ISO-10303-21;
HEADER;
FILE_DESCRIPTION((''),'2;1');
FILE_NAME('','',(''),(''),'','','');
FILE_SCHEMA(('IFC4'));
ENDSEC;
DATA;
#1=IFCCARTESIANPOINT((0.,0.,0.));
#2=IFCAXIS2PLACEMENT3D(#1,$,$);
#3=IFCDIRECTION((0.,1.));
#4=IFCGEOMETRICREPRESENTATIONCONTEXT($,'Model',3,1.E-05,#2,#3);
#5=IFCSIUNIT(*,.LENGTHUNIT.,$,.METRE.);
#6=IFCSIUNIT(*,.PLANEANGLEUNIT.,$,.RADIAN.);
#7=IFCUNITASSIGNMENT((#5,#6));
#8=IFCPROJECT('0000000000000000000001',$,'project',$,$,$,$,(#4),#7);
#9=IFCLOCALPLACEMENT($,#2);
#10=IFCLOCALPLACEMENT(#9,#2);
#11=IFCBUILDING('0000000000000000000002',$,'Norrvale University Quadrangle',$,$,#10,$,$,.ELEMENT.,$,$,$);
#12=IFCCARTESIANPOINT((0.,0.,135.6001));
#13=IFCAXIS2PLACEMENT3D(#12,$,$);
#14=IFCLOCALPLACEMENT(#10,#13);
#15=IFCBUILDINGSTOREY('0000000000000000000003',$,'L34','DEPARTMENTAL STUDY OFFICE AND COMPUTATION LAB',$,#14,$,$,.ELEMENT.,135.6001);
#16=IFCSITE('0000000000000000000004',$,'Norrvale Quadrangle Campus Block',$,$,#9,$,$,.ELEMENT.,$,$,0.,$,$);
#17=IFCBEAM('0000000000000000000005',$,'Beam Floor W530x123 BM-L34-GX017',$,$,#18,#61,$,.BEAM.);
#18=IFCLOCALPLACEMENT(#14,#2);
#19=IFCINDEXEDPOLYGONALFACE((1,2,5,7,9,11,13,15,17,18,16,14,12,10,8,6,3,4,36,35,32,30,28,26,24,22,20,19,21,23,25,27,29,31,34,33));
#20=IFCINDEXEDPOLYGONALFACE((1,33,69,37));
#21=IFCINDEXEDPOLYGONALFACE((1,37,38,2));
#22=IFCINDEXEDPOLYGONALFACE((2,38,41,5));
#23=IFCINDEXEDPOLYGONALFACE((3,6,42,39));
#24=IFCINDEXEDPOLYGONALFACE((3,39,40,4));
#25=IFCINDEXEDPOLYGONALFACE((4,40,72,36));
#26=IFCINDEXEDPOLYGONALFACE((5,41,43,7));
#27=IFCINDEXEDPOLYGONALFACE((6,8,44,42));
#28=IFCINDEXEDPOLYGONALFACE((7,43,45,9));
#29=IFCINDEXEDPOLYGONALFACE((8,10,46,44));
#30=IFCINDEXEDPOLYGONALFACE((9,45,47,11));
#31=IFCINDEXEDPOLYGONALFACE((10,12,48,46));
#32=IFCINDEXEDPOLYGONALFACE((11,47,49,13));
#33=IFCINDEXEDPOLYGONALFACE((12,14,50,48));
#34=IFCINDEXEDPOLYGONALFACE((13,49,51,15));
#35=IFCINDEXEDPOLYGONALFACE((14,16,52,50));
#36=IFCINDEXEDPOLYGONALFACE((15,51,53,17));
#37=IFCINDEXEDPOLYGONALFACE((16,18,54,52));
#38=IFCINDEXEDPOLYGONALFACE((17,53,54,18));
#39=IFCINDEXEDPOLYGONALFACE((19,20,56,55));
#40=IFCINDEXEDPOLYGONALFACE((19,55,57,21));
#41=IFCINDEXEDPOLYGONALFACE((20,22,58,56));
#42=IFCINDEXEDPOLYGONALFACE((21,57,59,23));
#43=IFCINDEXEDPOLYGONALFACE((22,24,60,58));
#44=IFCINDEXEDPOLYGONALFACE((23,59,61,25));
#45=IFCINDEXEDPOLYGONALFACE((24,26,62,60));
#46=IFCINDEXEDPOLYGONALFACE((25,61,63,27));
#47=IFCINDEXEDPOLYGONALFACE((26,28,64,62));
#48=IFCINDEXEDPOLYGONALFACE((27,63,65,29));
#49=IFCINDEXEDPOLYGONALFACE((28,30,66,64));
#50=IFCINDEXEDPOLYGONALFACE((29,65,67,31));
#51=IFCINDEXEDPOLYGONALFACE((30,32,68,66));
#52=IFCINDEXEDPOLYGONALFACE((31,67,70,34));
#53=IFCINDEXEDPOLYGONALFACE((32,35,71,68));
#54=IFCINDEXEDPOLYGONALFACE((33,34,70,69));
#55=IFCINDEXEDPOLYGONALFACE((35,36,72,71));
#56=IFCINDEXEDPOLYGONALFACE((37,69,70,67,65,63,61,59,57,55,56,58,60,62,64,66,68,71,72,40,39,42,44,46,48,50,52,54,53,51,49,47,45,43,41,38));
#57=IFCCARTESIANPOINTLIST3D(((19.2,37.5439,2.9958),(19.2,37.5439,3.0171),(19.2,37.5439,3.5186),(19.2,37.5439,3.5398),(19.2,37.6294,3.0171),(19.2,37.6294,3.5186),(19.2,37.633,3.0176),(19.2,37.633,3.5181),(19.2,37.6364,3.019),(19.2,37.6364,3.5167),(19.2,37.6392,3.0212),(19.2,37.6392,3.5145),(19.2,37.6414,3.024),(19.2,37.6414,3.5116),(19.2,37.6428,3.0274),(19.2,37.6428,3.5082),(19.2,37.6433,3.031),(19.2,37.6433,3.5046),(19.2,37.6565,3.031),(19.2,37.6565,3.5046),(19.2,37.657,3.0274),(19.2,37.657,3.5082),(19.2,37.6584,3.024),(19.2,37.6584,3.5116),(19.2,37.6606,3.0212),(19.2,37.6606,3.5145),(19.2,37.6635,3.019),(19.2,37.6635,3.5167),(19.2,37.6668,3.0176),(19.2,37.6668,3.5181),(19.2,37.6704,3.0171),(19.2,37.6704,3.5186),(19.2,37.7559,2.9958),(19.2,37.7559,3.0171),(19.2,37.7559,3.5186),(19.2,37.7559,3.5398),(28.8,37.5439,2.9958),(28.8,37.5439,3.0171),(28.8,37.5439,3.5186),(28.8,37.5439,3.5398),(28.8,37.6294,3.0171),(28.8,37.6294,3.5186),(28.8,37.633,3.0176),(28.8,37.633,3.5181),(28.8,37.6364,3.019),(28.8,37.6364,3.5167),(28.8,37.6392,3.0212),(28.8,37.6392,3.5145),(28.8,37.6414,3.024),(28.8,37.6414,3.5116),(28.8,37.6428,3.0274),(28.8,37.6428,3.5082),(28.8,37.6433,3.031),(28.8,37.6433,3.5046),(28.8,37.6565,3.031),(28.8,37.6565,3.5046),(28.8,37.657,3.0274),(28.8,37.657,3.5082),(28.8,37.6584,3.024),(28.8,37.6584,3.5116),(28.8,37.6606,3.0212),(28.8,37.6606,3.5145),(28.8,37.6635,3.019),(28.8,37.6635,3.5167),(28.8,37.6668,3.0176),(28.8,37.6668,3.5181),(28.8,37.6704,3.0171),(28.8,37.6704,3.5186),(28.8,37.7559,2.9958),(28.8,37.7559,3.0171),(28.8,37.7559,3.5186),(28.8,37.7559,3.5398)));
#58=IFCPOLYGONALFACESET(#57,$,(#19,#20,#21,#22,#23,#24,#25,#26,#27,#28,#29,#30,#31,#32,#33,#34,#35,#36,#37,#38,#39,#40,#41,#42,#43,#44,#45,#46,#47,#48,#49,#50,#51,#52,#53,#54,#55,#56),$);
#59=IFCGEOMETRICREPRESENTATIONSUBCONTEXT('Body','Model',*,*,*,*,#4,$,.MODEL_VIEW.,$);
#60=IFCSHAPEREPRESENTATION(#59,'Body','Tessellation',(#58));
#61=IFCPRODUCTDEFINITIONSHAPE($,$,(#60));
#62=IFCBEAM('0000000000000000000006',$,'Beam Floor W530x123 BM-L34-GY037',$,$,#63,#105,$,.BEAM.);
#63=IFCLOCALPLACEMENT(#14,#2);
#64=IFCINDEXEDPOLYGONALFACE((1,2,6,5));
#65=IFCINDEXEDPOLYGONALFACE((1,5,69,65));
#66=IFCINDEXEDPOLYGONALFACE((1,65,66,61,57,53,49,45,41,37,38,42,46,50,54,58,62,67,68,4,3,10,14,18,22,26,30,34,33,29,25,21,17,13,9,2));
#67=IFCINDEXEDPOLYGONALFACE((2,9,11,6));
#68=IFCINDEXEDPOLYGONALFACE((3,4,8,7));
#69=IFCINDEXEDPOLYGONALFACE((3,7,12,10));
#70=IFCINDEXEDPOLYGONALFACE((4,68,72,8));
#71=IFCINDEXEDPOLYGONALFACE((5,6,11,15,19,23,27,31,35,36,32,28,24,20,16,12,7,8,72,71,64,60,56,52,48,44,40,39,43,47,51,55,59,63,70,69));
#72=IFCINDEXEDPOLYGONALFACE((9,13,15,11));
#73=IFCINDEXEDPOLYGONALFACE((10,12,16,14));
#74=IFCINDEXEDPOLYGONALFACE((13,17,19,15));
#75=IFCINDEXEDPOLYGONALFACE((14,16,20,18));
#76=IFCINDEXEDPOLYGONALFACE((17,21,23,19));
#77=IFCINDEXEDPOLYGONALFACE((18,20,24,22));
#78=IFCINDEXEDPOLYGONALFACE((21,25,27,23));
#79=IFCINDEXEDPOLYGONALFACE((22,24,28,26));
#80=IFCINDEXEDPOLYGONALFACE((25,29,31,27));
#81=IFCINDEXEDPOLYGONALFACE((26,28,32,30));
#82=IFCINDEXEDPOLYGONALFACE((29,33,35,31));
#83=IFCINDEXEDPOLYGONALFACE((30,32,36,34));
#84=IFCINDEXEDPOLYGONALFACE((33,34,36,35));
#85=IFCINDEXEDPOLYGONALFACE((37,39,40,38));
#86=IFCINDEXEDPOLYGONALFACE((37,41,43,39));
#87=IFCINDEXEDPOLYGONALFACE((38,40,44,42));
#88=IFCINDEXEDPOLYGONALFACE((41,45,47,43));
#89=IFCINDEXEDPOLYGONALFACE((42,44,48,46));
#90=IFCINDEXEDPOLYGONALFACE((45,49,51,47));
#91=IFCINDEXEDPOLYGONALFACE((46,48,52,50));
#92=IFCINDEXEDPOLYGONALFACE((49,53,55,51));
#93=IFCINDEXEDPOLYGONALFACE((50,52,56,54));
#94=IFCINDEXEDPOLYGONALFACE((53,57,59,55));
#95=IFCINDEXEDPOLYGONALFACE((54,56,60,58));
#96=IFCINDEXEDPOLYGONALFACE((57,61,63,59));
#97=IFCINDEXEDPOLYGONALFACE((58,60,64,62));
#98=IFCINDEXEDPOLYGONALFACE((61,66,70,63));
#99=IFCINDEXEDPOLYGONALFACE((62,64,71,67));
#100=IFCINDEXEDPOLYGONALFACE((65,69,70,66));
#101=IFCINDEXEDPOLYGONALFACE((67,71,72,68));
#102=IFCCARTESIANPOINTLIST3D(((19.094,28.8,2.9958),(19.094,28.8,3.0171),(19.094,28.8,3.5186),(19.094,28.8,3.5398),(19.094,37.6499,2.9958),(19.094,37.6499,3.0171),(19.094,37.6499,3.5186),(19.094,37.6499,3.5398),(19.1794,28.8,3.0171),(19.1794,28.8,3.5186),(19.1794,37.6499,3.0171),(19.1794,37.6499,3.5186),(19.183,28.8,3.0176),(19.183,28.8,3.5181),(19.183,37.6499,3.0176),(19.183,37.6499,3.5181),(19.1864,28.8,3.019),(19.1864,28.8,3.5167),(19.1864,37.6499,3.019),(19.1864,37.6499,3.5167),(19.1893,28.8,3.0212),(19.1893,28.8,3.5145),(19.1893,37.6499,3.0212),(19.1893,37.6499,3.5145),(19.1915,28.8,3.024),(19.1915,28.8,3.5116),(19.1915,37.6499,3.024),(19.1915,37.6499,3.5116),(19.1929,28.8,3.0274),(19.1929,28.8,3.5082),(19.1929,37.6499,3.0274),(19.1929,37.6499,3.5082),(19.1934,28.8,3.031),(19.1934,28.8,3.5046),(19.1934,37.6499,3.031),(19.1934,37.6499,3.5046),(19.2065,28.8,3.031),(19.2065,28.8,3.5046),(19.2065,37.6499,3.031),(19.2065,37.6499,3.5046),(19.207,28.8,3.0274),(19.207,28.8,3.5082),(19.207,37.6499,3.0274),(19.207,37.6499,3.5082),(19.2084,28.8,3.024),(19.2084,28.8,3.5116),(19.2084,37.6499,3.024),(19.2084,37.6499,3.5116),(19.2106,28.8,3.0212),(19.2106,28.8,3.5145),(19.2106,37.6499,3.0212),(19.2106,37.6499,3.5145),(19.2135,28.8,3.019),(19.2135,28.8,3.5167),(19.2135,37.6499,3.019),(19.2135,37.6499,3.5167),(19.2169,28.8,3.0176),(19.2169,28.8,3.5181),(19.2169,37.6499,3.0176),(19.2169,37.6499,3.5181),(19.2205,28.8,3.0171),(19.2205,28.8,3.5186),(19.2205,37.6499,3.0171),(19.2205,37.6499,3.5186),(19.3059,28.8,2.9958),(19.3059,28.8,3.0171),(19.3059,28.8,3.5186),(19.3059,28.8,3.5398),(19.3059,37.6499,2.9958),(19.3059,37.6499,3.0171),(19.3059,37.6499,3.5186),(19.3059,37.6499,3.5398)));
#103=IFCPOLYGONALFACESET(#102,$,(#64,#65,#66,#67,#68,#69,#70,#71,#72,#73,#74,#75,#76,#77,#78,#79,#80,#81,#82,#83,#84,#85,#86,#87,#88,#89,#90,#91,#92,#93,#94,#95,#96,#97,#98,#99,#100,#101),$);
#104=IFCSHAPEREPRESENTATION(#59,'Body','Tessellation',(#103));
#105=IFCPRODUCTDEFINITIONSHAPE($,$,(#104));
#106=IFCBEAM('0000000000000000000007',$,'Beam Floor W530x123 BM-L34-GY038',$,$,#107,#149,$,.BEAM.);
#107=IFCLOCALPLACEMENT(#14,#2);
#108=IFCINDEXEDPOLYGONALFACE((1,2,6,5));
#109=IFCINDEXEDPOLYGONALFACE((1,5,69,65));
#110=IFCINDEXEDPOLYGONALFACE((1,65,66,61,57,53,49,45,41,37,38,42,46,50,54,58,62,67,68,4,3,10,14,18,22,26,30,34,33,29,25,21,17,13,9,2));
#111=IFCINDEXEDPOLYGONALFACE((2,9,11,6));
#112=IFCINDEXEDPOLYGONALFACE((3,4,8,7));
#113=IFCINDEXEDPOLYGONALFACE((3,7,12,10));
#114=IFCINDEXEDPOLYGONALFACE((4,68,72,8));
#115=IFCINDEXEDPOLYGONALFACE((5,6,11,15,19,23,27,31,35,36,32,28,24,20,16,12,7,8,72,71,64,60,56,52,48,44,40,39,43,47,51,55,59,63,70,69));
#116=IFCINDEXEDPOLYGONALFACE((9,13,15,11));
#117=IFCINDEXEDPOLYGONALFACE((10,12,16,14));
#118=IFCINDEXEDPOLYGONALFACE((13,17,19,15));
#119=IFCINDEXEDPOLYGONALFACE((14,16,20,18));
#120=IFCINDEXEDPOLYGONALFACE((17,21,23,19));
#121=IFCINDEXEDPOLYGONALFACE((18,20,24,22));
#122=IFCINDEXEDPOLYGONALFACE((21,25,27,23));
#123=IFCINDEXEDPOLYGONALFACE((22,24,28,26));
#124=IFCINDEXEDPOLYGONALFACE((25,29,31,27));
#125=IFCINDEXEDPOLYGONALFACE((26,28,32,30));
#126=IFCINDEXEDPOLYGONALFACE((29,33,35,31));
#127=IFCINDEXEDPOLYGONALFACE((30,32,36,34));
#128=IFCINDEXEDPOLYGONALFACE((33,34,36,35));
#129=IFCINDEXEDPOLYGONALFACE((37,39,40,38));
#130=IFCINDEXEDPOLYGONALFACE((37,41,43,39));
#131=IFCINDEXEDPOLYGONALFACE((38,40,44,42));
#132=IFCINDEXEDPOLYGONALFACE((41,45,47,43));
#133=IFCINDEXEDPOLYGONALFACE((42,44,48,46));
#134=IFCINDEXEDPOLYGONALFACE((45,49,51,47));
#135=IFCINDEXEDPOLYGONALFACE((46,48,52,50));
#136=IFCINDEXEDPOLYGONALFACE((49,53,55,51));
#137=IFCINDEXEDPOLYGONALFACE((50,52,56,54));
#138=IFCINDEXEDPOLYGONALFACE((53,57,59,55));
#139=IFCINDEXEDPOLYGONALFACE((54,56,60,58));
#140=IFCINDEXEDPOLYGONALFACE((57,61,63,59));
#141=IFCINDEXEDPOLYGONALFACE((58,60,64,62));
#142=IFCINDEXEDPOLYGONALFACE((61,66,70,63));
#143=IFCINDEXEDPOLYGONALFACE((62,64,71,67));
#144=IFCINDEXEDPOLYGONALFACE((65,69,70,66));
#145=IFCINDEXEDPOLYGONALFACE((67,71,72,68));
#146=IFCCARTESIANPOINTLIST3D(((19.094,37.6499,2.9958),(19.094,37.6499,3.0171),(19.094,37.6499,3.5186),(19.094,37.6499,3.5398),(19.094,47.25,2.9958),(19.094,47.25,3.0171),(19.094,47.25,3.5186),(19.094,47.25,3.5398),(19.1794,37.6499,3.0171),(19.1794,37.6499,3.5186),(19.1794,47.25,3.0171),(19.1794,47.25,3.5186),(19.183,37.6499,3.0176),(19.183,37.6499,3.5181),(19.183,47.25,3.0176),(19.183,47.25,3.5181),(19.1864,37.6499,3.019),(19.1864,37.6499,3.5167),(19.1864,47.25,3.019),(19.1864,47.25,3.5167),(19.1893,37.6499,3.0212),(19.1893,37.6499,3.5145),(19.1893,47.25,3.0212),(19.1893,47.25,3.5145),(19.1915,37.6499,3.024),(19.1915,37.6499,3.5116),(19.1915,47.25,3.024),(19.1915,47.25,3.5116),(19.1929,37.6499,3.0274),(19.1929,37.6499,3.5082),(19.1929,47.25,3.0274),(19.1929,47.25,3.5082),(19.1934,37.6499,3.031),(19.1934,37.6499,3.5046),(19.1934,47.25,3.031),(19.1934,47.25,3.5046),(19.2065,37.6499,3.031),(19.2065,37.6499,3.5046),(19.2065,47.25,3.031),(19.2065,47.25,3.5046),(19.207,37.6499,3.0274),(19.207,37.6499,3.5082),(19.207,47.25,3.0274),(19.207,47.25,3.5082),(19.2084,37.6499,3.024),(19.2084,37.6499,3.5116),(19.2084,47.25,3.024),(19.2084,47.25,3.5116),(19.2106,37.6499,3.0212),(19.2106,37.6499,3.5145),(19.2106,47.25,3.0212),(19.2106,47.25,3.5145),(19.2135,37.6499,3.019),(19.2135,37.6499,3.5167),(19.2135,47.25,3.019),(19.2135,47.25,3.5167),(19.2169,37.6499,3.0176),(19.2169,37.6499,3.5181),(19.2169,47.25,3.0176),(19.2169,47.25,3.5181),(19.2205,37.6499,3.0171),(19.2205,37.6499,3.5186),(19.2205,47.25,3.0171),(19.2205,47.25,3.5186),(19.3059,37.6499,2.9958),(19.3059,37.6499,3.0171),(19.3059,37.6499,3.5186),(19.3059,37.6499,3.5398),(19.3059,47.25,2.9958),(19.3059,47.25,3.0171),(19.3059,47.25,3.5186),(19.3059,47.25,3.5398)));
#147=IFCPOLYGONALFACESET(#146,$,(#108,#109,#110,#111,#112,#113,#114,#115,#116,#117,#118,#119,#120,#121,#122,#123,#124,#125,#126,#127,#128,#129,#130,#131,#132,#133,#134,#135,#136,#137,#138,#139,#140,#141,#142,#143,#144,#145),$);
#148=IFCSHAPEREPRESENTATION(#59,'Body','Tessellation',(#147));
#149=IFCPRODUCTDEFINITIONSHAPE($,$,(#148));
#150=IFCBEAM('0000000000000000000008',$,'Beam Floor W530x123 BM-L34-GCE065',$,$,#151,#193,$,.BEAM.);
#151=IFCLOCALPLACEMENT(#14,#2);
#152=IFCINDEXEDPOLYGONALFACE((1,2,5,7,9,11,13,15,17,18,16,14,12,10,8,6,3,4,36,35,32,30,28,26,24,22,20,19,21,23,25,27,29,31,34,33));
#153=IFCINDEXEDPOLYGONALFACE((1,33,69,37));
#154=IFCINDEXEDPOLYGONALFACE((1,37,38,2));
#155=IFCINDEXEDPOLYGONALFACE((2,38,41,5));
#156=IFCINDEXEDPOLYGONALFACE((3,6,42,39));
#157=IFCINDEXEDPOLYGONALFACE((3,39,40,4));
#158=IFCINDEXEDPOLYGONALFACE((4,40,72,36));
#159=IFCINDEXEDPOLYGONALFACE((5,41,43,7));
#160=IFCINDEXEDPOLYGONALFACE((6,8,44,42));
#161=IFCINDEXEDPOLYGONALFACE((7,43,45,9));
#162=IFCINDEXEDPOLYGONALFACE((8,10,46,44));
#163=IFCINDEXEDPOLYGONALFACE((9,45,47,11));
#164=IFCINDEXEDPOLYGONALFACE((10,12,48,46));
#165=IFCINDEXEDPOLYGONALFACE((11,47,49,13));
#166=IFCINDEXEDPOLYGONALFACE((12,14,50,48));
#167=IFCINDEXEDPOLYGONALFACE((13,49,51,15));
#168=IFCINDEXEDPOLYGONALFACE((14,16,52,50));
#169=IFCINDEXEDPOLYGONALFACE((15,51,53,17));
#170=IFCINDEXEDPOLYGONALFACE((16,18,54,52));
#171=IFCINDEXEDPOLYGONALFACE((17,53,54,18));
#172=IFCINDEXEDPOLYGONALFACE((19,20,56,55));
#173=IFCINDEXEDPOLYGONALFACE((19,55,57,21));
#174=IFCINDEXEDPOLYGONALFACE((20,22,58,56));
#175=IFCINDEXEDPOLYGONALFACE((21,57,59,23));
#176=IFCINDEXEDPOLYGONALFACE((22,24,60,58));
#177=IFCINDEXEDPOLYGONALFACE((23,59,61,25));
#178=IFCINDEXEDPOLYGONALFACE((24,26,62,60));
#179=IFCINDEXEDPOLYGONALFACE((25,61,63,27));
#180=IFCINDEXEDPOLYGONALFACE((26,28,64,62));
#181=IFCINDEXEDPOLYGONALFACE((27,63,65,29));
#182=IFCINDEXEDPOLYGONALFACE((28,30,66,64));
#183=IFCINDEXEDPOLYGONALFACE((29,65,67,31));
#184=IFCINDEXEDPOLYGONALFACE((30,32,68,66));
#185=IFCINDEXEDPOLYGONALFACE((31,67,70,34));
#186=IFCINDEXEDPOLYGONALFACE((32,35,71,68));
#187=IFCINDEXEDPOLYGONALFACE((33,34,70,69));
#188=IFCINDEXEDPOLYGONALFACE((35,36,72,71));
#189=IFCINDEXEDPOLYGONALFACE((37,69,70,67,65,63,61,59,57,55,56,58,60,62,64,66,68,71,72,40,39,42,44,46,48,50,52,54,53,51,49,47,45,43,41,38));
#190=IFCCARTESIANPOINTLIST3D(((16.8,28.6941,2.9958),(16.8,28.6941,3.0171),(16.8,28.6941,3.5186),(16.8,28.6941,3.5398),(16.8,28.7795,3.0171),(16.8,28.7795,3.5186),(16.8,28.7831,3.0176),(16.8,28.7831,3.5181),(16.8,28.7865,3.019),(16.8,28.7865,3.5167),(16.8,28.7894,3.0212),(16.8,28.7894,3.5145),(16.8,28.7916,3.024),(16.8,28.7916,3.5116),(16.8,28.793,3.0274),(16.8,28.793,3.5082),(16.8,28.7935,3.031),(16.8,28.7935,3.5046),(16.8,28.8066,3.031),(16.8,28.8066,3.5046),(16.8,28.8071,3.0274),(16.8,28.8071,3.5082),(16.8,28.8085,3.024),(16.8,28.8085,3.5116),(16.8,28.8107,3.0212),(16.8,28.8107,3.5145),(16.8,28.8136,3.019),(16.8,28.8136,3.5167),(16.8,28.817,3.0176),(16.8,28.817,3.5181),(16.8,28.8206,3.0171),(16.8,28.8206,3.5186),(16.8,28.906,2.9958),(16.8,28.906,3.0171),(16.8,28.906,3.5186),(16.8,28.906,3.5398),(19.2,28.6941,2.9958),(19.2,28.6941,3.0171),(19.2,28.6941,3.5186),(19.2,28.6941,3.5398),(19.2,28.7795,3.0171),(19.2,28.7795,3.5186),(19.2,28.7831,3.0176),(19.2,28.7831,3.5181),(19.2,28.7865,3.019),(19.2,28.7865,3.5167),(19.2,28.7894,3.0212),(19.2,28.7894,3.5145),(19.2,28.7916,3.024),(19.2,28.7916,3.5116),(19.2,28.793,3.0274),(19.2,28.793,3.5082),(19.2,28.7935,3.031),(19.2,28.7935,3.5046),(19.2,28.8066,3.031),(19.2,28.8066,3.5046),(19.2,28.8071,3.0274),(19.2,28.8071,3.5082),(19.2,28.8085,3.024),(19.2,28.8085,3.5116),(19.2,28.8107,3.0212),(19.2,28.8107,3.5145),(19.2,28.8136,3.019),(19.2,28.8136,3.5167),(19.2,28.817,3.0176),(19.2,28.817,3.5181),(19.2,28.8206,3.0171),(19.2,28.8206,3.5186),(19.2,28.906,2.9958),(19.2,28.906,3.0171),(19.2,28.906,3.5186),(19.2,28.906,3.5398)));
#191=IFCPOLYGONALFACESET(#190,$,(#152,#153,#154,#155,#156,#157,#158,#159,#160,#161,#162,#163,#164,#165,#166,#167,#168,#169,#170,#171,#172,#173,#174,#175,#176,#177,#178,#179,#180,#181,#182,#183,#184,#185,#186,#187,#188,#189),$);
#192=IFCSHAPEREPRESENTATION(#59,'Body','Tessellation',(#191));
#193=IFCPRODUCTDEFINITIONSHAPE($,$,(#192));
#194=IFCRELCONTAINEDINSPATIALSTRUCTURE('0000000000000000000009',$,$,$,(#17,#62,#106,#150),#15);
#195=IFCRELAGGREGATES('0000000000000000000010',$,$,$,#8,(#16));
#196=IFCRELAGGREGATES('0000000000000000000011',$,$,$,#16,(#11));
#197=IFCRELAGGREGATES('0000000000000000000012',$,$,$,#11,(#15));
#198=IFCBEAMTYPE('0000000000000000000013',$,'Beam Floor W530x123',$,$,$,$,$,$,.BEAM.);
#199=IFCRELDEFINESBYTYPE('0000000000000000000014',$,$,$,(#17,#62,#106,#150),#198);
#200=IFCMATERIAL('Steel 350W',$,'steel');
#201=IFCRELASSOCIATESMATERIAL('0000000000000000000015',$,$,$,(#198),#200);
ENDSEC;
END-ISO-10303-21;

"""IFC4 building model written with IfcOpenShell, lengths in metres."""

from ifc_helpers import new_model, si_unit, direction, frame, origin, origin_2d, place, context, subcontext, project, spatial, i_section, extrude, material, material_profile, profile_set, type_object, element, save


model = new_model("IFC4")

# Units and contexts
model_context = context("Model", 3, precision=1e-05, world=origin(), true_north=direction((0.0, 1.0)))
body_context = subcontext(model_context, "Body", "Model", "MODEL_VIEW")
ifc_project = project(units=[si_unit("LENGTHUNIT", "METRE"), si_unit("PLANEANGLEUNIT", "RADIAN")], contexts=[model_context])

# Site, building, storey
site_placement = place(None, origin())
site = spatial("IfcSite", under=ifc_project, at=site_placement, Name="Norrvale Quadrangle Campus Block", CompositionType="ELEMENT", RefElevation=0.0)
building_placement = place(site_placement, origin())
building = spatial("IfcBuilding", under=site, at=building_placement, Name="Norrvale University Quadrangle", CompositionType="ELEMENT")
storey_placement = place(building_placement, frame((0.0, 0.0, 135.6001)))
storey = spatial("IfcBuildingStorey", under=building, at=storey_placement, Name="L34", Description="DEPARTMENTAL STUDY OFFICE AND COMPUTATION LAB", CompositionType="ELEMENT", Elevation=135.6001)

# Beams
ifc_material_1 = material(Name="Steel 350W", Category="steel")
ifc_material_profile_1 = material_profile(ifc_material_1, i_section(OverallWidth=0.2119, OverallDepth=0.5439, WebThickness=0.0132, FlangeThickness=0.0212, FilletRadius=0.0139, at=origin_2d()), Name="Steel 350W")
ifc_profile_set_1 = profile_set([ifc_material_profile_1], Name="Steel 350W")
beam_type_1 = type_object("IfcBeamType", Name="Beam Floor W530x123", PredefinedType="BEAM", material=ifc_profile_set_1)
beam_1_placement = place(storey_placement, frame((19.2, 37.6499, 3.2678), z_axis=(1.0, 0.0, 0.0), x_axis=(0.0, 1.0, 0.0)))
element("IfcBeam", 1, at=beam_1_placement, inside=storey, type_object=beam_type_1, Name="Beam Floor W530x123 BM-L34-GX017", PredefinedType="BEAM", context=body_context, shape_type="SweptSolid", body=[
    extrude(i_section(OverallWidth=0.2119, OverallDepth=0.5439, WebThickness=0.0132, FlangeThickness=0.0212, FilletRadius=0.0139, at=origin_2d()), origin(), (0.0, 0.0, 1.0), 9.6001),
])
beam_2_placement = place(storey_placement, frame((19.2, 28.8, 3.2678), z_axis=(0.0, 1.0, 0.0), x_axis=(-1.0, 0.0, 0.0)))
element("IfcBeam", 2, at=beam_2_placement, inside=storey, type_object=beam_type_1, Name="Beam Floor W530x123 BM-L34-GY037", PredefinedType="BEAM", context=body_context, shape_type="SweptSolid", body=[
    extrude(i_section(OverallWidth=0.2119, OverallDepth=0.5439, WebThickness=0.0132, FlangeThickness=0.0212, FilletRadius=0.0139, at=origin_2d()), origin(), (0.0, 0.0, 1.0), 8.8499),
])
beam_3_placement = place(storey_placement, frame((19.2, 37.6499, 3.2678), z_axis=(0.0, 1.0, 0.0), x_axis=(-1.0, 0.0, 0.0)))
element("IfcBeam", 3, at=beam_3_placement, inside=storey, type_object=beam_type_1, Name="Beam Floor W530x123 BM-L34-GY038", PredefinedType="BEAM", context=body_context, shape_type="SweptSolid", body=[
    extrude(i_section(OverallWidth=0.2119, OverallDepth=0.5439, WebThickness=0.0132, FlangeThickness=0.0212, FilletRadius=0.0139, at=origin_2d()), origin(), (0.0, 0.0, 1.0), 9.6001),
])
for number, where, z_axis, x_axis, name in (
    (4, (16.8, 28.8, 3.2678), (1.0, 0.0, 0.0), (0.0, 1.0, 0.0), "Beam Floor W530x123 BM-L34-GCE065"),
):
    element("IfcBeam", number, at=place(storey_placement, frame(where, z_axis=z_axis, x_axis=x_axis)), inside=storey, type_object=beam_type_1, Name=name, PredefinedType="BEAM", context=body_context, shape_type="SweptSolid", body=[
        extrude(i_section(OverallWidth=0.2119, OverallDepth=0.5439, WebThickness=0.0132, FlangeThickness=0.0212, FilletRadius=0.0139, at=origin_2d()), origin(), (0.0, 0.0, 1.0), 2.3999),
    ])

save(model, "model.ifc")
